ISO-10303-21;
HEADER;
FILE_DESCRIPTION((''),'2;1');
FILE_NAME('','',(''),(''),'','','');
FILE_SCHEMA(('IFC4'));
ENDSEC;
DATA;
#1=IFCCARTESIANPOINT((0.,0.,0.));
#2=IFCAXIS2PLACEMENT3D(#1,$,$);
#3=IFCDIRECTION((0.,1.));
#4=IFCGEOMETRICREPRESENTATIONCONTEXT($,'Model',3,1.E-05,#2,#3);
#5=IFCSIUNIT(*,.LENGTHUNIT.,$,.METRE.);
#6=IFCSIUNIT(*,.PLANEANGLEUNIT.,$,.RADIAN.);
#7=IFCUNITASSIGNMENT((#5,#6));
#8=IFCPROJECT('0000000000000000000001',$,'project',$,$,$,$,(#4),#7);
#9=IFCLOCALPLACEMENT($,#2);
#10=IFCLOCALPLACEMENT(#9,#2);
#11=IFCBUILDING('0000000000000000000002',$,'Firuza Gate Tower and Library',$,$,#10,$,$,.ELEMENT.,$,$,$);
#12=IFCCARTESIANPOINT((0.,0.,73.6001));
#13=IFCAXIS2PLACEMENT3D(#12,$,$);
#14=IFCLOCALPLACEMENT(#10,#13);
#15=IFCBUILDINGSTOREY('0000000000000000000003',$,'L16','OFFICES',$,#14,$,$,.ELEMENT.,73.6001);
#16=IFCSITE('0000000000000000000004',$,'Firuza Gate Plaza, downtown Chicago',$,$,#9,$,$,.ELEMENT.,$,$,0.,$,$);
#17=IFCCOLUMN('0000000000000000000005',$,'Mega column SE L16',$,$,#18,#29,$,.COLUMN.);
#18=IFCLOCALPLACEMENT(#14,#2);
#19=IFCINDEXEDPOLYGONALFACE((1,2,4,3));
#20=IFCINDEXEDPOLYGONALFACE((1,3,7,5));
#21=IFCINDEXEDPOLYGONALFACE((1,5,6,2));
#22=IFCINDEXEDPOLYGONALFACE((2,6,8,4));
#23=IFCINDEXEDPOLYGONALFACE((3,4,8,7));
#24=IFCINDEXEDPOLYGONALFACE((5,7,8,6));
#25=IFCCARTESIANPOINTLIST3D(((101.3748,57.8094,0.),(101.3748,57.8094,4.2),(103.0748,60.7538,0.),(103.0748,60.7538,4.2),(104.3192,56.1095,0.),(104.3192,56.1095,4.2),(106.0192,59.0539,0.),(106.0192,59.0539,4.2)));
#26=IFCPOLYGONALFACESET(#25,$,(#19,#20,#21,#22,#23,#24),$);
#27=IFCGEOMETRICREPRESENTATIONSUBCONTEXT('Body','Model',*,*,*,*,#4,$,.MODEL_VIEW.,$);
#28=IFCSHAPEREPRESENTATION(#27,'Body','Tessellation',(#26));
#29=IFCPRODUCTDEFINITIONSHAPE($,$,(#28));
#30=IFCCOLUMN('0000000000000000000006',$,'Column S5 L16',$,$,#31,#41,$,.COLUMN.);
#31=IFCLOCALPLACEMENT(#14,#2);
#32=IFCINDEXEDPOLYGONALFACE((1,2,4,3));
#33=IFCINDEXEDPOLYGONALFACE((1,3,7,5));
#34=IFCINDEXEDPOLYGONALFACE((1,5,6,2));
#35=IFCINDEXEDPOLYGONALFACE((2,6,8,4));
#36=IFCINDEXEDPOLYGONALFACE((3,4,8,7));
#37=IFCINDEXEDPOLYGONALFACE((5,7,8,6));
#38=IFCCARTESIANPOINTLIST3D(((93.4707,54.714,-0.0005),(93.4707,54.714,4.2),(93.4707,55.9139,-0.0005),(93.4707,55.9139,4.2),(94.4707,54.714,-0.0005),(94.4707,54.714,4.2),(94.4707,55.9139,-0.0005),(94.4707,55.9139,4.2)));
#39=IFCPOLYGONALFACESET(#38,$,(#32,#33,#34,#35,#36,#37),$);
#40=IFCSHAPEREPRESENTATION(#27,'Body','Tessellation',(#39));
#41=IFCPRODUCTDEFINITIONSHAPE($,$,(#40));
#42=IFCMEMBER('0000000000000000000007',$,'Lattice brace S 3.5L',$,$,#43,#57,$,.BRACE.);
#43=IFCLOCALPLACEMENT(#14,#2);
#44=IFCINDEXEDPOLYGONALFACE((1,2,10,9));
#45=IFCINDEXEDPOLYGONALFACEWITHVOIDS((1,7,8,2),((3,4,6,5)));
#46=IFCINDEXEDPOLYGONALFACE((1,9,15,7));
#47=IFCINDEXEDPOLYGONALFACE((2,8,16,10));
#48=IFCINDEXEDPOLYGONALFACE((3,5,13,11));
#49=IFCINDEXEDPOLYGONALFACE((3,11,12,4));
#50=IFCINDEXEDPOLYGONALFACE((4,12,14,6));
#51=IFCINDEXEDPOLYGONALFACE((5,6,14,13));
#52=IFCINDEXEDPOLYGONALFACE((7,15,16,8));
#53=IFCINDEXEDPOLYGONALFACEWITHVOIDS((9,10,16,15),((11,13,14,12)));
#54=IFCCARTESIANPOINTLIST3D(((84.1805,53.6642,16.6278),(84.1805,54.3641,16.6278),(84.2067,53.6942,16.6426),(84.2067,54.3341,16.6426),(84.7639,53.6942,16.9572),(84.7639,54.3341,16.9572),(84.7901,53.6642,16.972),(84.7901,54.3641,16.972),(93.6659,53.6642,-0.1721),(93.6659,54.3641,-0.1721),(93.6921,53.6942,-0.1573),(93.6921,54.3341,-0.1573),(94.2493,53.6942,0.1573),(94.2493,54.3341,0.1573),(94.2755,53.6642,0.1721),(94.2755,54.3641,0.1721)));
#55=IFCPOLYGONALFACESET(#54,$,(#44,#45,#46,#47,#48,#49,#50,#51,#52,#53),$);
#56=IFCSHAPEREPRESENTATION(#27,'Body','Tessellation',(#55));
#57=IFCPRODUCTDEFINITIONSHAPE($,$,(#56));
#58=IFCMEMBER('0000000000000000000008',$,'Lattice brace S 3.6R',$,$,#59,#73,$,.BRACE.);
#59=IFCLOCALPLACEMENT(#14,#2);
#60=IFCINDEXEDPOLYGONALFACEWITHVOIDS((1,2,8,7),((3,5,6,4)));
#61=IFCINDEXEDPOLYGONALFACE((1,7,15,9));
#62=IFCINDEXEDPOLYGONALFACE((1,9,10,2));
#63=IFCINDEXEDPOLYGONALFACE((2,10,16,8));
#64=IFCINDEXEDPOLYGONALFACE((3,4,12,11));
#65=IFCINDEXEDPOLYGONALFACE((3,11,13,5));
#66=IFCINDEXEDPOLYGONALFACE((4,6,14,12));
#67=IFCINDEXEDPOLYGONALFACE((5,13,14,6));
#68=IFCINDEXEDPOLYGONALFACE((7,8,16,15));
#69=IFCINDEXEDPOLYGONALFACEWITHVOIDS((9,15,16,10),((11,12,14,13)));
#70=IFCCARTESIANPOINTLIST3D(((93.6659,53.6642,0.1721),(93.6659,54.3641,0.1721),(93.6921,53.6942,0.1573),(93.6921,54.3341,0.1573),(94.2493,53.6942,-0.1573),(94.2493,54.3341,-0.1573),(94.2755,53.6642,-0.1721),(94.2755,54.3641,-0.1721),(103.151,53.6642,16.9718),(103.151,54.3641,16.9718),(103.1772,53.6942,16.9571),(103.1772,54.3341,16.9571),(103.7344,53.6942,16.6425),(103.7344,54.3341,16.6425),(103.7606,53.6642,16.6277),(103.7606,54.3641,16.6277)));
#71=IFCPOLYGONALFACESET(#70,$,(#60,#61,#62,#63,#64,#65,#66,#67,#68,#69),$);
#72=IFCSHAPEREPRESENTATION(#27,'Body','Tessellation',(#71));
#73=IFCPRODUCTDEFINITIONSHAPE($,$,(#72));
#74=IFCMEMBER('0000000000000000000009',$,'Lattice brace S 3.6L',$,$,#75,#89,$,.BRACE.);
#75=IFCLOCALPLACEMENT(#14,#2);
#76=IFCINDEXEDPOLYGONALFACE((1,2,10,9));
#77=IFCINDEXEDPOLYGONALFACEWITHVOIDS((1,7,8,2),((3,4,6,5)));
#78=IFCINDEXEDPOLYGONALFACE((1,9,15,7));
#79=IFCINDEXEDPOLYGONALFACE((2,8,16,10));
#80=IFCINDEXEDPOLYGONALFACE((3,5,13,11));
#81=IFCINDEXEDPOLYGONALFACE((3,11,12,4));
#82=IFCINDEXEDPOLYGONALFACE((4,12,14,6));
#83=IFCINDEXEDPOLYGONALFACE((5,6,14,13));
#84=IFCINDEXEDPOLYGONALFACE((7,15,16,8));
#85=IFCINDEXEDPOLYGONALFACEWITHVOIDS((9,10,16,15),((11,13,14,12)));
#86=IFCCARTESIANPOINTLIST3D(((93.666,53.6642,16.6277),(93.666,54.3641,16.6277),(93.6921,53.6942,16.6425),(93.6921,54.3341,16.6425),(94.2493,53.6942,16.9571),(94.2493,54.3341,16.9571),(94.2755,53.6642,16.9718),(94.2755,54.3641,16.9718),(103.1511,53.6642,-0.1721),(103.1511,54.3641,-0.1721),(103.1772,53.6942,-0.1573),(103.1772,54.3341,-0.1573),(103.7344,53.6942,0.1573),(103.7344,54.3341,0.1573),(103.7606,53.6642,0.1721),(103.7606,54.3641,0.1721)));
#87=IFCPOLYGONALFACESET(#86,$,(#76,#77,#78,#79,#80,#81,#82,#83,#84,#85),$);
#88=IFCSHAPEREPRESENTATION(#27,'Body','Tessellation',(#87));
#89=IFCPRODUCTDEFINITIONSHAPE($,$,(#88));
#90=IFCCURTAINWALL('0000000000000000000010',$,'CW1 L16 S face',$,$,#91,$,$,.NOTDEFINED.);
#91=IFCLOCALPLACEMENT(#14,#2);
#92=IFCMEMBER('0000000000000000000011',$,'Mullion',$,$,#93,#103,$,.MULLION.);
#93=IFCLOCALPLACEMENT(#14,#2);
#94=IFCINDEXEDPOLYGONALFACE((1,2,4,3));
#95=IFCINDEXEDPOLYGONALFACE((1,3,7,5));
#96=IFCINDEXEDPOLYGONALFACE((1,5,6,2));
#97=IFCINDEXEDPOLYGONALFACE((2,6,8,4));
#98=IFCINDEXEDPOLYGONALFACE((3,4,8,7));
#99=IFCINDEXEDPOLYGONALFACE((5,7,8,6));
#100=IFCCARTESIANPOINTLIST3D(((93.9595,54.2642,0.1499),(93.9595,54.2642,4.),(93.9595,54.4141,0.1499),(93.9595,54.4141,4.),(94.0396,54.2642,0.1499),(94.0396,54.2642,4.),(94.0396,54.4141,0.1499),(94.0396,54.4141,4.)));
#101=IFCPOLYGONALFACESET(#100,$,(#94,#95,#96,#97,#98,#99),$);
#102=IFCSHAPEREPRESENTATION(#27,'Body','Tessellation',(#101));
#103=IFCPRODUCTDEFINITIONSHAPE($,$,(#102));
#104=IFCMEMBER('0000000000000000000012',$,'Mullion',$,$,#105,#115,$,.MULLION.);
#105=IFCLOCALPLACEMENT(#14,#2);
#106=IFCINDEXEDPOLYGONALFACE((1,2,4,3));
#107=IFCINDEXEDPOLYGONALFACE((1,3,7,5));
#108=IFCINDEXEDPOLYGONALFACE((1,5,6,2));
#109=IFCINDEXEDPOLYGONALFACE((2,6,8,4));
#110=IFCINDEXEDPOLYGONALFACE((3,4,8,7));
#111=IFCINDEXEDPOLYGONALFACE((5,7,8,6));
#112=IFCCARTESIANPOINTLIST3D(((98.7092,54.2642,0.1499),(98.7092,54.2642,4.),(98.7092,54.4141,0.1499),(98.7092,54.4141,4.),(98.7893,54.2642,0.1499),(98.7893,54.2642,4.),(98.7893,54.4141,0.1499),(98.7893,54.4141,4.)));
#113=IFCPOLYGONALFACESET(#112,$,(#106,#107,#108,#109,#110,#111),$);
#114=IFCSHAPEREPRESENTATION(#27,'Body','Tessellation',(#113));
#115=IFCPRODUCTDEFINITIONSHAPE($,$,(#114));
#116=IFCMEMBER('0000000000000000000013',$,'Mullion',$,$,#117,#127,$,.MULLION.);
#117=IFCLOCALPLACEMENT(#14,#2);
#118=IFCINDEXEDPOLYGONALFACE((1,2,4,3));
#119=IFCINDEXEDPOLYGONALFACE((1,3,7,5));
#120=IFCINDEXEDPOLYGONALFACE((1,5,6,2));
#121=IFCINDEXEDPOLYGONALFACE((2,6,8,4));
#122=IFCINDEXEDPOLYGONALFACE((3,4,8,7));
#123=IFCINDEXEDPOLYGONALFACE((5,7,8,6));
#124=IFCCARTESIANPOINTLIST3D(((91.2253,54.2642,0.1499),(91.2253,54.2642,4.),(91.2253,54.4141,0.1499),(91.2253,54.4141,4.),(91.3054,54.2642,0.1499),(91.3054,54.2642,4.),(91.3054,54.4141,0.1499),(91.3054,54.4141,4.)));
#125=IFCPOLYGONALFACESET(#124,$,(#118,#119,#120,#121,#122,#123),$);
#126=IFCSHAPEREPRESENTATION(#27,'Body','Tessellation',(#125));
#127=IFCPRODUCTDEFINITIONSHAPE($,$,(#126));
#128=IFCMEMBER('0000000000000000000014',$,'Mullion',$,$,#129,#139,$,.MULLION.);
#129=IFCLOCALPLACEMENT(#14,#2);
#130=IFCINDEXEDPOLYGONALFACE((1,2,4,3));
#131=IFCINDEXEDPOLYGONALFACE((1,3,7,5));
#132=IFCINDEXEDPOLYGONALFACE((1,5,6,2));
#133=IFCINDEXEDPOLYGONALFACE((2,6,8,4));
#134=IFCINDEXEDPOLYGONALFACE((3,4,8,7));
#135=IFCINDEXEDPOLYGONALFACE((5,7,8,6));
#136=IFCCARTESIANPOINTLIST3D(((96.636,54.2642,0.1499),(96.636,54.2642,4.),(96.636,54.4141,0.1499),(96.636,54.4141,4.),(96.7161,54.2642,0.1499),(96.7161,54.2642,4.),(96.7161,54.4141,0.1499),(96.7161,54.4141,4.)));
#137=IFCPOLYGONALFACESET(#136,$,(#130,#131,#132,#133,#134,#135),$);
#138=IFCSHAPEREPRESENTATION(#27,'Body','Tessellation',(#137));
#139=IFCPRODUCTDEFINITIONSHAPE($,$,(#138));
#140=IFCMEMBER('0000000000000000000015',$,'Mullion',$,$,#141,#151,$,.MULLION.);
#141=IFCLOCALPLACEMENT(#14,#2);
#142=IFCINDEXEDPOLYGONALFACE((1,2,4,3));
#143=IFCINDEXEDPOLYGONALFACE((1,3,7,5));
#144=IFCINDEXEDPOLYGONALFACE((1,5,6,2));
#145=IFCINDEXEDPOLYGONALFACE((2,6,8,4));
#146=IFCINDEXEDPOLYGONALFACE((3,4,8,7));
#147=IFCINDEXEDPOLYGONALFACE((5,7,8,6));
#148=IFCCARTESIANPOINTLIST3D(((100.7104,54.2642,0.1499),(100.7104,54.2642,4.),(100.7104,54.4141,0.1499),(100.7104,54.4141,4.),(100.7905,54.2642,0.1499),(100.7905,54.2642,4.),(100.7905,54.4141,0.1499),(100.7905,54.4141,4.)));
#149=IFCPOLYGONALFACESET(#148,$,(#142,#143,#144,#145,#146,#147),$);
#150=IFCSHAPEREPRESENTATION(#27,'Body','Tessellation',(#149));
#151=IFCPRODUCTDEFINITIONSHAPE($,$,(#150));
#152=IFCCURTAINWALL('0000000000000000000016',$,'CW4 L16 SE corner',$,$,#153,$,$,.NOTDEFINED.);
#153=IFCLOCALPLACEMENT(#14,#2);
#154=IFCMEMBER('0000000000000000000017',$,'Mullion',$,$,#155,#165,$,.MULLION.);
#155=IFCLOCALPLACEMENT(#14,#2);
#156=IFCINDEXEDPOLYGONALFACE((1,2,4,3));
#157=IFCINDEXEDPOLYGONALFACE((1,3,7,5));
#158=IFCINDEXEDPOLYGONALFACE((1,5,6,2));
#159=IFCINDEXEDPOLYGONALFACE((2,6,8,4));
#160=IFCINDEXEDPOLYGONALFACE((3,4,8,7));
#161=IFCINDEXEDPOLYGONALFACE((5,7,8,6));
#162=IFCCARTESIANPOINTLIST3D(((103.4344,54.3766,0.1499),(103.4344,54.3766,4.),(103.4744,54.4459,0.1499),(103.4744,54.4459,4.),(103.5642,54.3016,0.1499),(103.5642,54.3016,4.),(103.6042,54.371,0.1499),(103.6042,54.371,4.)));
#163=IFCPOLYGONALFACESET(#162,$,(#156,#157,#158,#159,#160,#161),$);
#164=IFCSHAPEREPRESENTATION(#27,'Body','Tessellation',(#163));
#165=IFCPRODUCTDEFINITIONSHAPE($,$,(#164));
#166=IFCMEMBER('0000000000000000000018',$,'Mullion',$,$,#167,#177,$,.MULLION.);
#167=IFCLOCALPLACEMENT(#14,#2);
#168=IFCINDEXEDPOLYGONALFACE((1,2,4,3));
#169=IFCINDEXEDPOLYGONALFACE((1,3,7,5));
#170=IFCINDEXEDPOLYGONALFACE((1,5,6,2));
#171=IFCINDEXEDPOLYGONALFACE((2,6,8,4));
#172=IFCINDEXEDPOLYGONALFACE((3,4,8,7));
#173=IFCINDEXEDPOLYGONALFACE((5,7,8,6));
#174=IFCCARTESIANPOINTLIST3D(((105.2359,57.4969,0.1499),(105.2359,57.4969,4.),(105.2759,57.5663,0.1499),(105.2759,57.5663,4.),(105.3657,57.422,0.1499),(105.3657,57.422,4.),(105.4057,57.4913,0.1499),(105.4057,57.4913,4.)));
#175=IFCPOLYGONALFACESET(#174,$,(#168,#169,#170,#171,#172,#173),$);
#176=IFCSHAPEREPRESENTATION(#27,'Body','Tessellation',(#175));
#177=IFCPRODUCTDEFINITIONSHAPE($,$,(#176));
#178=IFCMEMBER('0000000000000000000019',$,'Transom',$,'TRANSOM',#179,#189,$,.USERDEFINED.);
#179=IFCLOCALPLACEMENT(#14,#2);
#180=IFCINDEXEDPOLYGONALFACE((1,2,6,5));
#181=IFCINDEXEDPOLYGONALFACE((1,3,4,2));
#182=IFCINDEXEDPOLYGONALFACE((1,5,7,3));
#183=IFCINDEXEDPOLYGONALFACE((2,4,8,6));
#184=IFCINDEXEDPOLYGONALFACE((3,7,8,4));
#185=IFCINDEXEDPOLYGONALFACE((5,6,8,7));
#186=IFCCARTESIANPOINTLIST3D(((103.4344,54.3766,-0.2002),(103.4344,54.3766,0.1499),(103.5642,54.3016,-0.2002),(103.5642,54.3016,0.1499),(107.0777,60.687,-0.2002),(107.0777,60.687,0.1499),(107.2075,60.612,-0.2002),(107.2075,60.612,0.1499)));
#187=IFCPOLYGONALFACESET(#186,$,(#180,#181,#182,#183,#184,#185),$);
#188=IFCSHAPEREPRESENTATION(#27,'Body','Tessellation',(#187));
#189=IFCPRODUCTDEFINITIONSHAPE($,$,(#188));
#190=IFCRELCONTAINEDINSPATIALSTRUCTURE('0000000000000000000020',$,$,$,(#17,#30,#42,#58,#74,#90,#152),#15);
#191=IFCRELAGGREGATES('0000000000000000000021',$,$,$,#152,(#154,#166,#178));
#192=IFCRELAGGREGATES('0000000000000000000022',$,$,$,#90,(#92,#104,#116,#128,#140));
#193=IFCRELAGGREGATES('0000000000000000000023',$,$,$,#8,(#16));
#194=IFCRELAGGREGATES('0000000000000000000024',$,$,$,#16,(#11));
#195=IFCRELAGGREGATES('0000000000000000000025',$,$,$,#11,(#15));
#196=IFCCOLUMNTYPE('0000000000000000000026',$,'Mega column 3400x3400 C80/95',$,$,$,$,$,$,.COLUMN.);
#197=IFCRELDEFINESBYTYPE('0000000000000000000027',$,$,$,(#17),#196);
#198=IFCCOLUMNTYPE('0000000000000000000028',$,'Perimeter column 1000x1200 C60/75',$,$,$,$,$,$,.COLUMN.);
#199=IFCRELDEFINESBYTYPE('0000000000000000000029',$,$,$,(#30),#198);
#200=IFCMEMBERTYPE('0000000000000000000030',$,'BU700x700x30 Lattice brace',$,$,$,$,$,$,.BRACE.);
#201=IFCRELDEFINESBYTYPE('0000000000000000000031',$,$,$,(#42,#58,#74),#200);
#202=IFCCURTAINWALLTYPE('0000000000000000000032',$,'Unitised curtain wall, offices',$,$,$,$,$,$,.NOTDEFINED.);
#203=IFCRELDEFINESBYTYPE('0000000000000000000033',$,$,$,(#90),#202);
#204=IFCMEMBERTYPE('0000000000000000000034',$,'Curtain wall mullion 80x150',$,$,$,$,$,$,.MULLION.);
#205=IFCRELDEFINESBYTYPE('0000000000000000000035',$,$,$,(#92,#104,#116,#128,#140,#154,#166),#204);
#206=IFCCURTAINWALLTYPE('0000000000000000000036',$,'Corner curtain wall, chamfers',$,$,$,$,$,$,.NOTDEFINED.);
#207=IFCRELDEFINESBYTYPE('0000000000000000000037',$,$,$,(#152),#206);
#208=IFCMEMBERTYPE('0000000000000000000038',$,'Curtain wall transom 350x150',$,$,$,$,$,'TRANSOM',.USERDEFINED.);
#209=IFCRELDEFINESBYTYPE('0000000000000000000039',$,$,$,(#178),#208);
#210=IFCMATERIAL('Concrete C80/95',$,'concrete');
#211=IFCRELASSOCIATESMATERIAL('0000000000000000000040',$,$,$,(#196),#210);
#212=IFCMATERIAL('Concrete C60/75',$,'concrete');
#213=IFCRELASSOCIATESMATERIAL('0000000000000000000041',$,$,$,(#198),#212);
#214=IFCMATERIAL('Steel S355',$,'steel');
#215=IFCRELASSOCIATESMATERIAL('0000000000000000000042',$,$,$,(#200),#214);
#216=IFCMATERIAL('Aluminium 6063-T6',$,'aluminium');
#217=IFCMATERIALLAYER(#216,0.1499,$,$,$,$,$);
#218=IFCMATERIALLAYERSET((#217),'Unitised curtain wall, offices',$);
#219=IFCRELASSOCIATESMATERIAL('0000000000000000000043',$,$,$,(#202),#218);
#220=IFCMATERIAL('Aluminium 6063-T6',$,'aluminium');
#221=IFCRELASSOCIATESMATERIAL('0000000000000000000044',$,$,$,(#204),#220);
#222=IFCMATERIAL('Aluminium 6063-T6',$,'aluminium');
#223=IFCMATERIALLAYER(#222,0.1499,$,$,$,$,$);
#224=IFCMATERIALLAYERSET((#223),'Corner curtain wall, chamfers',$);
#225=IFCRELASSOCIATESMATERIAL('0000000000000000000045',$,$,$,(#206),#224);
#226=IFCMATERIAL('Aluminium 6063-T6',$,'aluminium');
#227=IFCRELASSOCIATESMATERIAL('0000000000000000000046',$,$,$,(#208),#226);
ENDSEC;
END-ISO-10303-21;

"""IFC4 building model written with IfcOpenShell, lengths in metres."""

from ifc_helpers import new_model, si_unit, direction, frame, origin, origin_2d, place, context, subcontext, project, spatial, rectangle, hollow_rectangle, extrude, material, layer, layer_set, material_profile, profile_set, type_object, element, aggregate, save


model = new_model("IFC4")

# Units and contexts
model_context = context("Model", 3, precision=1e-05, world=origin(), true_north=direction((0.0, 1.0)))
body_context = subcontext(model_context, "Body", "Model", "MODEL_VIEW")
ifc_project = project(units=[si_unit("LENGTHUNIT", "METRE"), si_unit("PLANEANGLEUNIT", "RADIAN")], contexts=[model_context])

# Site, building, storey
site_placement = place(None, origin())
site = spatial("IfcSite", under=ifc_project, at=site_placement, Name="Firuza Gate Plaza, downtown Chicago", CompositionType="ELEMENT", RefElevation=0.0)
building_placement = place(site_placement, origin())
building = spatial("IfcBuilding", under=site, at=building_placement, Name="Firuza Gate Tower and Library", CompositionType="ELEMENT")
storey_placement = place(building_placement, frame((0.0, 0.0, 73.6001)))
storey = spatial("IfcBuildingStorey", under=building, at=storey_placement, Name="L16", Description="OFFICES", CompositionType="ELEMENT", Elevation=73.6001)

# Columns
ifc_material_1 = material(Name="Concrete C80/95", Category="concrete")
ifc_material_profile_1 = material_profile(ifc_material_1, rectangle(XDim=3.3999, YDim=3.3999, at=origin_2d()))
ifc_profile_set_1 = profile_set([ifc_material_profile_1], Name="Concrete C80/95")
column_type_1 = type_object("IfcColumnType", Name="Mega column 3400x3400 C80/95", PredefinedType="COLUMN", material=ifc_profile_set_1)
column_1_placement = place(storey_placement, frame((103.697, 58.4316, 0.0), z_axis=(0.0, 0.0, 1.0), x_axis=(0.5, 0.866025, 0.0)))
element("IfcColumn", 1, at=column_1_placement, inside=storey, type_object=column_type_1, Name="Mega column SE L16", PredefinedType="COLUMN", context=body_context, shape_type="SweptSolid", body=[
    extrude(rectangle(XDim=3.3999, YDim=3.3999, at=origin_2d()), origin(), (0.0, 0.0, 1.0), 4.2),
])
ifc_material_2 = material(Name="Concrete C60/75", Category="concrete")
ifc_material_profile_2 = material_profile(ifc_material_2, rectangle(XDim=1.0, YDim=1.2, at=origin_2d()))
ifc_profile_set_2 = profile_set([ifc_material_profile_2], Name="Concrete C60/75")
column_type_2 = type_object("IfcColumnType", Name="Perimeter column 1000x1200 C60/75", PredefinedType="COLUMN", material=ifc_profile_set_2)
column_2_placement = place(storey_placement, frame((93.9707, 55.314, -0.0005), z_axis=(0.0, 0.0, 1.0), x_axis=(1.0, 0.0, 0.0)))
element("IfcColumn", 2, at=column_2_placement, inside=storey, type_object=column_type_2, Name="Column S5 L16", PredefinedType="COLUMN", context=body_context, shape_type="SweptSolid", body=[
    extrude(rectangle(XDim=1.0, YDim=1.2, at=origin_2d()), origin(), (0.0, 0.0, 1.0), 4.2004),
])

# Members
ifc_material_3 = material(Name="Steel S355", Category="steel")
ifc_material_profile_3 = material_profile(ifc_material_3, hollow_rectangle(XDim=0.7, YDim=0.7, WallThickness=0.03, at=origin_2d()))
ifc_profile_set_3 = profile_set([ifc_material_profile_3], Name="Steel S355")
member_type_1 = type_object("IfcMemberType", Name="BU700x700x30 Lattice brace", PredefinedType="BRACE", material=ifc_profile_set_3)
member_1_placement = place(storey_placement, frame((93.9707, 54.0142, 0.0), z_axis=(-0.491657, 0.0, 0.870789), x_axis=(0.0, -1.0, 0.0)))
element("IfcMember", 3, at=member_1_placement, inside=storey, type_object=member_type_1, Name="Lattice brace S 3.5L", PredefinedType="BRACE", context=body_context, shape_type="SweptSolid", body=[
    extrude(hollow_rectangle(XDim=0.7, YDim=0.7, WallThickness=0.03, at=origin_2d()), origin(), (0.0, 0.0, 1.0), 19.2927),
])
for number, where, z_axis, x_axis, name in (
    (4, (93.9707, 54.0142, 0.0), (0.491647, 0.0, 0.870794), (0.0, 1.0, 0.0), "Lattice brace S 3.6R"),
    (5, (103.4558, 54.0142, 0.0), (-0.491647, 0.0, 0.870794), (0.0, -1.0, 0.0), "Lattice brace S 3.6L"),
):
    element("IfcMember", number, at=place(storey_placement, frame(where, z_axis=z_axis, x_axis=x_axis)), inside=storey, type_object=member_type_1, Name=name, PredefinedType="BRACE", context=body_context, shape_type="SweptSolid", body=[
        extrude(hollow_rectangle(XDim=0.7, YDim=0.7, WallThickness=0.03, at=origin_2d()), origin(), (0.0, 0.0, 1.0), 19.2925),
    ])

# Curtain walls, members
ifc_material_4 = material(Name="Aluminium 6063-T6", Category="aluminium")
ifc_layer_1 = layer(ifc_material_4, 0.1499)
ifc_layer_set_1 = layer_set([ifc_layer_1], Name="Unitised curtain wall, offices")
curtain_wall_type_1 = type_object("IfcCurtainWallType", Name="Unitised curtain wall, offices", PredefinedType="NOTDEFINED", material=ifc_layer_set_1)
placement = place(storey_placement, origin())
curtain_wall_1 = element("IfcCurtainWall", 6, at=placement, inside=storey, type_object=curtain_wall_type_1, Name="CW1 L16 S face", PredefinedType="NOTDEFINED")
ifc_material_5 = material(Name="Aluminium 6063-T6", Category="aluminium")
ifc_material_profile_4 = material_profile(ifc_material_5, rectangle(XDim=0.1499, YDim=0.0801, at=origin_2d()))
ifc_profile_set_4 = profile_set([ifc_material_profile_4], Name="Aluminium 6063-T6")
member_type_2 = type_object("IfcMemberType", Name="Curtain wall mullion 80x150", PredefinedType="MULLION", material=ifc_profile_set_4)
member_2_placement = place(storey_placement, frame((93.9995, 54.3391, 0.1499), z_axis=(0.0, 0.0, 1.0), x_axis=(0.0, 1.0, 0.0)))
member_2 = element("IfcMember", 7, at=member_2_placement, type_object=member_type_2, Name="Mullion", PredefinedType="MULLION", context=body_context, shape_type="SweptSolid", body=[
    extrude(rectangle(XDim=0.1499, YDim=0.0801, at=origin_2d()), origin(), (0.0, 0.0, 1.0), 3.8501),
])
member_3_placement = place(storey_placement, frame((98.7493, 54.3391, 0.1499), z_axis=(0.0, 0.0, 1.0), x_axis=(0.0, 1.0, 0.0)))
member_3 = element("IfcMember", 8, at=member_3_placement, type_object=member_type_2, Name="Mullion", PredefinedType="MULLION", context=body_context, shape_type="SweptSolid", body=[
    extrude(rectangle(XDim=0.1499, YDim=0.0801, at=origin_2d()), origin(), (0.0, 0.0, 1.0), 3.8501),
])
member_4_placement = place(storey_placement, frame((91.2654, 54.3391, 0.1499), z_axis=(0.0, 0.0, 1.0), x_axis=(0.0, 1.0, 0.0)))
member_4 = element("IfcMember", 9, at=member_4_placement, type_object=member_type_2, Name="Mullion", PredefinedType="MULLION", context=body_context, shape_type="SweptSolid", body=[
    extrude(rectangle(XDim=0.1499, YDim=0.0801, at=origin_2d()), origin(), (0.0, 0.0, 1.0), 3.8501),
])
member_5_placement = place(storey_placement, frame((96.676, 54.3391, 0.1499), z_axis=(0.0, 0.0, 1.0), x_axis=(0.0, 1.0, 0.0)))
member_5 = element("IfcMember", 10, at=member_5_placement, type_object=member_type_2, Name="Mullion", PredefinedType="MULLION", context=body_context, shape_type="SweptSolid", body=[
    extrude(rectangle(XDim=0.1499, YDim=0.0801, at=origin_2d()), origin(), (0.0, 0.0, 1.0), 3.8501),
])
member_6_placement = place(storey_placement, frame((100.7505, 54.3391, 0.1499), z_axis=(0.0, 0.0, 1.0), x_axis=(0.0, 1.0, 0.0)))
member_6 = element("IfcMember", 11, at=member_6_placement, type_object=member_type_2, Name="Mullion", PredefinedType="MULLION", context=body_context, shape_type="SweptSolid", body=[
    extrude(rectangle(XDim=0.1499, YDim=0.0801, at=origin_2d()), origin(), (0.0, 0.0, 1.0), 3.8501),
])
ifc_material_6 = material(Name="Aluminium 6063-T6", Category="aluminium")
ifc_layer_2 = layer(ifc_material_6, 0.1499)
ifc_layer_set_2 = layer_set([ifc_layer_2], Name="Corner curtain wall, chamfers")
curtain_wall_type_2 = type_object("IfcCurtainWallType", Name="Corner curtain wall, chamfers", PredefinedType="NOTDEFINED", material=ifc_layer_set_2)
curtain_wall_2 = element("IfcCurtainWall", 12, at=placement, inside=storey, type_object=curtain_wall_type_2, Name="CW4 L16 SE corner", PredefinedType="NOTDEFINED")
member_7_placement = place(storey_placement, frame((103.5193, 54.3738, 0.1499), z_axis=(0.0, 0.0, 1.0), x_axis=(-0.866025, 0.5, 0.0)))
member_7 = element("IfcMember", 13, at=member_7_placement, type_object=member_type_2, Name="Mullion", PredefinedType="MULLION", context=body_context, shape_type="SweptSolid", body=[
    extrude(rectangle(XDim=0.1499, YDim=0.0801, at=origin_2d()), origin(), (0.0, 0.0, 1.0), 3.8501),
])
member_8_placement = place(storey_placement, frame((105.3208, 57.4941, 0.1499), z_axis=(0.0, 0.0, 1.0), x_axis=(-0.866025, 0.5, 0.0)))
member_8 = element("IfcMember", 14, at=member_8_placement, type_object=member_type_2, Name="Mullion", PredefinedType="MULLION", context=body_context, shape_type="SweptSolid", body=[
    extrude(rectangle(XDim=0.1499, YDim=0.0801, at=origin_2d()), origin(), (0.0, 0.0, 1.0), 3.8501),
])
ifc_material_7 = material(Name="Aluminium 6063-T6", Category="aluminium")
ifc_material_profile_5 = material_profile(ifc_material_7, rectangle(XDim=0.1499, YDim=0.3501, at=origin_2d()))
ifc_profile_set_5 = profile_set([ifc_material_profile_5], Name="Aluminium 6063-T6")
member_type_3 = type_object("IfcMemberType", Name="Curtain wall transom 350x150", ElementType="TRANSOM", PredefinedType="USERDEFINED", material=ifc_profile_set_5)
member_9_placement = place(storey_placement, frame((103.4993, 54.3391, -0.0251), z_axis=(0.500006, 0.866022, 0.0), x_axis=(-0.866022, 0.500006, 0.0)))
member_9 = element("IfcMember", 15, at=member_9_placement, type_object=member_type_3, Name="Transom", ObjectType="TRANSOM", PredefinedType="USERDEFINED", context=body_context, shape_type="SweptSolid", body=[
    extrude(rectangle(XDim=0.1499, YDim=0.3501, at=origin_2d()), origin(), (0.0, 0.0, 1.0), 7.2866),
])

aggregate(curtain_wall_2, [member_7, member_8, member_9])
aggregate(curtain_wall_1, [member_2, member_3, member_4, member_5, member_6])

save(model, "model.ifc")
